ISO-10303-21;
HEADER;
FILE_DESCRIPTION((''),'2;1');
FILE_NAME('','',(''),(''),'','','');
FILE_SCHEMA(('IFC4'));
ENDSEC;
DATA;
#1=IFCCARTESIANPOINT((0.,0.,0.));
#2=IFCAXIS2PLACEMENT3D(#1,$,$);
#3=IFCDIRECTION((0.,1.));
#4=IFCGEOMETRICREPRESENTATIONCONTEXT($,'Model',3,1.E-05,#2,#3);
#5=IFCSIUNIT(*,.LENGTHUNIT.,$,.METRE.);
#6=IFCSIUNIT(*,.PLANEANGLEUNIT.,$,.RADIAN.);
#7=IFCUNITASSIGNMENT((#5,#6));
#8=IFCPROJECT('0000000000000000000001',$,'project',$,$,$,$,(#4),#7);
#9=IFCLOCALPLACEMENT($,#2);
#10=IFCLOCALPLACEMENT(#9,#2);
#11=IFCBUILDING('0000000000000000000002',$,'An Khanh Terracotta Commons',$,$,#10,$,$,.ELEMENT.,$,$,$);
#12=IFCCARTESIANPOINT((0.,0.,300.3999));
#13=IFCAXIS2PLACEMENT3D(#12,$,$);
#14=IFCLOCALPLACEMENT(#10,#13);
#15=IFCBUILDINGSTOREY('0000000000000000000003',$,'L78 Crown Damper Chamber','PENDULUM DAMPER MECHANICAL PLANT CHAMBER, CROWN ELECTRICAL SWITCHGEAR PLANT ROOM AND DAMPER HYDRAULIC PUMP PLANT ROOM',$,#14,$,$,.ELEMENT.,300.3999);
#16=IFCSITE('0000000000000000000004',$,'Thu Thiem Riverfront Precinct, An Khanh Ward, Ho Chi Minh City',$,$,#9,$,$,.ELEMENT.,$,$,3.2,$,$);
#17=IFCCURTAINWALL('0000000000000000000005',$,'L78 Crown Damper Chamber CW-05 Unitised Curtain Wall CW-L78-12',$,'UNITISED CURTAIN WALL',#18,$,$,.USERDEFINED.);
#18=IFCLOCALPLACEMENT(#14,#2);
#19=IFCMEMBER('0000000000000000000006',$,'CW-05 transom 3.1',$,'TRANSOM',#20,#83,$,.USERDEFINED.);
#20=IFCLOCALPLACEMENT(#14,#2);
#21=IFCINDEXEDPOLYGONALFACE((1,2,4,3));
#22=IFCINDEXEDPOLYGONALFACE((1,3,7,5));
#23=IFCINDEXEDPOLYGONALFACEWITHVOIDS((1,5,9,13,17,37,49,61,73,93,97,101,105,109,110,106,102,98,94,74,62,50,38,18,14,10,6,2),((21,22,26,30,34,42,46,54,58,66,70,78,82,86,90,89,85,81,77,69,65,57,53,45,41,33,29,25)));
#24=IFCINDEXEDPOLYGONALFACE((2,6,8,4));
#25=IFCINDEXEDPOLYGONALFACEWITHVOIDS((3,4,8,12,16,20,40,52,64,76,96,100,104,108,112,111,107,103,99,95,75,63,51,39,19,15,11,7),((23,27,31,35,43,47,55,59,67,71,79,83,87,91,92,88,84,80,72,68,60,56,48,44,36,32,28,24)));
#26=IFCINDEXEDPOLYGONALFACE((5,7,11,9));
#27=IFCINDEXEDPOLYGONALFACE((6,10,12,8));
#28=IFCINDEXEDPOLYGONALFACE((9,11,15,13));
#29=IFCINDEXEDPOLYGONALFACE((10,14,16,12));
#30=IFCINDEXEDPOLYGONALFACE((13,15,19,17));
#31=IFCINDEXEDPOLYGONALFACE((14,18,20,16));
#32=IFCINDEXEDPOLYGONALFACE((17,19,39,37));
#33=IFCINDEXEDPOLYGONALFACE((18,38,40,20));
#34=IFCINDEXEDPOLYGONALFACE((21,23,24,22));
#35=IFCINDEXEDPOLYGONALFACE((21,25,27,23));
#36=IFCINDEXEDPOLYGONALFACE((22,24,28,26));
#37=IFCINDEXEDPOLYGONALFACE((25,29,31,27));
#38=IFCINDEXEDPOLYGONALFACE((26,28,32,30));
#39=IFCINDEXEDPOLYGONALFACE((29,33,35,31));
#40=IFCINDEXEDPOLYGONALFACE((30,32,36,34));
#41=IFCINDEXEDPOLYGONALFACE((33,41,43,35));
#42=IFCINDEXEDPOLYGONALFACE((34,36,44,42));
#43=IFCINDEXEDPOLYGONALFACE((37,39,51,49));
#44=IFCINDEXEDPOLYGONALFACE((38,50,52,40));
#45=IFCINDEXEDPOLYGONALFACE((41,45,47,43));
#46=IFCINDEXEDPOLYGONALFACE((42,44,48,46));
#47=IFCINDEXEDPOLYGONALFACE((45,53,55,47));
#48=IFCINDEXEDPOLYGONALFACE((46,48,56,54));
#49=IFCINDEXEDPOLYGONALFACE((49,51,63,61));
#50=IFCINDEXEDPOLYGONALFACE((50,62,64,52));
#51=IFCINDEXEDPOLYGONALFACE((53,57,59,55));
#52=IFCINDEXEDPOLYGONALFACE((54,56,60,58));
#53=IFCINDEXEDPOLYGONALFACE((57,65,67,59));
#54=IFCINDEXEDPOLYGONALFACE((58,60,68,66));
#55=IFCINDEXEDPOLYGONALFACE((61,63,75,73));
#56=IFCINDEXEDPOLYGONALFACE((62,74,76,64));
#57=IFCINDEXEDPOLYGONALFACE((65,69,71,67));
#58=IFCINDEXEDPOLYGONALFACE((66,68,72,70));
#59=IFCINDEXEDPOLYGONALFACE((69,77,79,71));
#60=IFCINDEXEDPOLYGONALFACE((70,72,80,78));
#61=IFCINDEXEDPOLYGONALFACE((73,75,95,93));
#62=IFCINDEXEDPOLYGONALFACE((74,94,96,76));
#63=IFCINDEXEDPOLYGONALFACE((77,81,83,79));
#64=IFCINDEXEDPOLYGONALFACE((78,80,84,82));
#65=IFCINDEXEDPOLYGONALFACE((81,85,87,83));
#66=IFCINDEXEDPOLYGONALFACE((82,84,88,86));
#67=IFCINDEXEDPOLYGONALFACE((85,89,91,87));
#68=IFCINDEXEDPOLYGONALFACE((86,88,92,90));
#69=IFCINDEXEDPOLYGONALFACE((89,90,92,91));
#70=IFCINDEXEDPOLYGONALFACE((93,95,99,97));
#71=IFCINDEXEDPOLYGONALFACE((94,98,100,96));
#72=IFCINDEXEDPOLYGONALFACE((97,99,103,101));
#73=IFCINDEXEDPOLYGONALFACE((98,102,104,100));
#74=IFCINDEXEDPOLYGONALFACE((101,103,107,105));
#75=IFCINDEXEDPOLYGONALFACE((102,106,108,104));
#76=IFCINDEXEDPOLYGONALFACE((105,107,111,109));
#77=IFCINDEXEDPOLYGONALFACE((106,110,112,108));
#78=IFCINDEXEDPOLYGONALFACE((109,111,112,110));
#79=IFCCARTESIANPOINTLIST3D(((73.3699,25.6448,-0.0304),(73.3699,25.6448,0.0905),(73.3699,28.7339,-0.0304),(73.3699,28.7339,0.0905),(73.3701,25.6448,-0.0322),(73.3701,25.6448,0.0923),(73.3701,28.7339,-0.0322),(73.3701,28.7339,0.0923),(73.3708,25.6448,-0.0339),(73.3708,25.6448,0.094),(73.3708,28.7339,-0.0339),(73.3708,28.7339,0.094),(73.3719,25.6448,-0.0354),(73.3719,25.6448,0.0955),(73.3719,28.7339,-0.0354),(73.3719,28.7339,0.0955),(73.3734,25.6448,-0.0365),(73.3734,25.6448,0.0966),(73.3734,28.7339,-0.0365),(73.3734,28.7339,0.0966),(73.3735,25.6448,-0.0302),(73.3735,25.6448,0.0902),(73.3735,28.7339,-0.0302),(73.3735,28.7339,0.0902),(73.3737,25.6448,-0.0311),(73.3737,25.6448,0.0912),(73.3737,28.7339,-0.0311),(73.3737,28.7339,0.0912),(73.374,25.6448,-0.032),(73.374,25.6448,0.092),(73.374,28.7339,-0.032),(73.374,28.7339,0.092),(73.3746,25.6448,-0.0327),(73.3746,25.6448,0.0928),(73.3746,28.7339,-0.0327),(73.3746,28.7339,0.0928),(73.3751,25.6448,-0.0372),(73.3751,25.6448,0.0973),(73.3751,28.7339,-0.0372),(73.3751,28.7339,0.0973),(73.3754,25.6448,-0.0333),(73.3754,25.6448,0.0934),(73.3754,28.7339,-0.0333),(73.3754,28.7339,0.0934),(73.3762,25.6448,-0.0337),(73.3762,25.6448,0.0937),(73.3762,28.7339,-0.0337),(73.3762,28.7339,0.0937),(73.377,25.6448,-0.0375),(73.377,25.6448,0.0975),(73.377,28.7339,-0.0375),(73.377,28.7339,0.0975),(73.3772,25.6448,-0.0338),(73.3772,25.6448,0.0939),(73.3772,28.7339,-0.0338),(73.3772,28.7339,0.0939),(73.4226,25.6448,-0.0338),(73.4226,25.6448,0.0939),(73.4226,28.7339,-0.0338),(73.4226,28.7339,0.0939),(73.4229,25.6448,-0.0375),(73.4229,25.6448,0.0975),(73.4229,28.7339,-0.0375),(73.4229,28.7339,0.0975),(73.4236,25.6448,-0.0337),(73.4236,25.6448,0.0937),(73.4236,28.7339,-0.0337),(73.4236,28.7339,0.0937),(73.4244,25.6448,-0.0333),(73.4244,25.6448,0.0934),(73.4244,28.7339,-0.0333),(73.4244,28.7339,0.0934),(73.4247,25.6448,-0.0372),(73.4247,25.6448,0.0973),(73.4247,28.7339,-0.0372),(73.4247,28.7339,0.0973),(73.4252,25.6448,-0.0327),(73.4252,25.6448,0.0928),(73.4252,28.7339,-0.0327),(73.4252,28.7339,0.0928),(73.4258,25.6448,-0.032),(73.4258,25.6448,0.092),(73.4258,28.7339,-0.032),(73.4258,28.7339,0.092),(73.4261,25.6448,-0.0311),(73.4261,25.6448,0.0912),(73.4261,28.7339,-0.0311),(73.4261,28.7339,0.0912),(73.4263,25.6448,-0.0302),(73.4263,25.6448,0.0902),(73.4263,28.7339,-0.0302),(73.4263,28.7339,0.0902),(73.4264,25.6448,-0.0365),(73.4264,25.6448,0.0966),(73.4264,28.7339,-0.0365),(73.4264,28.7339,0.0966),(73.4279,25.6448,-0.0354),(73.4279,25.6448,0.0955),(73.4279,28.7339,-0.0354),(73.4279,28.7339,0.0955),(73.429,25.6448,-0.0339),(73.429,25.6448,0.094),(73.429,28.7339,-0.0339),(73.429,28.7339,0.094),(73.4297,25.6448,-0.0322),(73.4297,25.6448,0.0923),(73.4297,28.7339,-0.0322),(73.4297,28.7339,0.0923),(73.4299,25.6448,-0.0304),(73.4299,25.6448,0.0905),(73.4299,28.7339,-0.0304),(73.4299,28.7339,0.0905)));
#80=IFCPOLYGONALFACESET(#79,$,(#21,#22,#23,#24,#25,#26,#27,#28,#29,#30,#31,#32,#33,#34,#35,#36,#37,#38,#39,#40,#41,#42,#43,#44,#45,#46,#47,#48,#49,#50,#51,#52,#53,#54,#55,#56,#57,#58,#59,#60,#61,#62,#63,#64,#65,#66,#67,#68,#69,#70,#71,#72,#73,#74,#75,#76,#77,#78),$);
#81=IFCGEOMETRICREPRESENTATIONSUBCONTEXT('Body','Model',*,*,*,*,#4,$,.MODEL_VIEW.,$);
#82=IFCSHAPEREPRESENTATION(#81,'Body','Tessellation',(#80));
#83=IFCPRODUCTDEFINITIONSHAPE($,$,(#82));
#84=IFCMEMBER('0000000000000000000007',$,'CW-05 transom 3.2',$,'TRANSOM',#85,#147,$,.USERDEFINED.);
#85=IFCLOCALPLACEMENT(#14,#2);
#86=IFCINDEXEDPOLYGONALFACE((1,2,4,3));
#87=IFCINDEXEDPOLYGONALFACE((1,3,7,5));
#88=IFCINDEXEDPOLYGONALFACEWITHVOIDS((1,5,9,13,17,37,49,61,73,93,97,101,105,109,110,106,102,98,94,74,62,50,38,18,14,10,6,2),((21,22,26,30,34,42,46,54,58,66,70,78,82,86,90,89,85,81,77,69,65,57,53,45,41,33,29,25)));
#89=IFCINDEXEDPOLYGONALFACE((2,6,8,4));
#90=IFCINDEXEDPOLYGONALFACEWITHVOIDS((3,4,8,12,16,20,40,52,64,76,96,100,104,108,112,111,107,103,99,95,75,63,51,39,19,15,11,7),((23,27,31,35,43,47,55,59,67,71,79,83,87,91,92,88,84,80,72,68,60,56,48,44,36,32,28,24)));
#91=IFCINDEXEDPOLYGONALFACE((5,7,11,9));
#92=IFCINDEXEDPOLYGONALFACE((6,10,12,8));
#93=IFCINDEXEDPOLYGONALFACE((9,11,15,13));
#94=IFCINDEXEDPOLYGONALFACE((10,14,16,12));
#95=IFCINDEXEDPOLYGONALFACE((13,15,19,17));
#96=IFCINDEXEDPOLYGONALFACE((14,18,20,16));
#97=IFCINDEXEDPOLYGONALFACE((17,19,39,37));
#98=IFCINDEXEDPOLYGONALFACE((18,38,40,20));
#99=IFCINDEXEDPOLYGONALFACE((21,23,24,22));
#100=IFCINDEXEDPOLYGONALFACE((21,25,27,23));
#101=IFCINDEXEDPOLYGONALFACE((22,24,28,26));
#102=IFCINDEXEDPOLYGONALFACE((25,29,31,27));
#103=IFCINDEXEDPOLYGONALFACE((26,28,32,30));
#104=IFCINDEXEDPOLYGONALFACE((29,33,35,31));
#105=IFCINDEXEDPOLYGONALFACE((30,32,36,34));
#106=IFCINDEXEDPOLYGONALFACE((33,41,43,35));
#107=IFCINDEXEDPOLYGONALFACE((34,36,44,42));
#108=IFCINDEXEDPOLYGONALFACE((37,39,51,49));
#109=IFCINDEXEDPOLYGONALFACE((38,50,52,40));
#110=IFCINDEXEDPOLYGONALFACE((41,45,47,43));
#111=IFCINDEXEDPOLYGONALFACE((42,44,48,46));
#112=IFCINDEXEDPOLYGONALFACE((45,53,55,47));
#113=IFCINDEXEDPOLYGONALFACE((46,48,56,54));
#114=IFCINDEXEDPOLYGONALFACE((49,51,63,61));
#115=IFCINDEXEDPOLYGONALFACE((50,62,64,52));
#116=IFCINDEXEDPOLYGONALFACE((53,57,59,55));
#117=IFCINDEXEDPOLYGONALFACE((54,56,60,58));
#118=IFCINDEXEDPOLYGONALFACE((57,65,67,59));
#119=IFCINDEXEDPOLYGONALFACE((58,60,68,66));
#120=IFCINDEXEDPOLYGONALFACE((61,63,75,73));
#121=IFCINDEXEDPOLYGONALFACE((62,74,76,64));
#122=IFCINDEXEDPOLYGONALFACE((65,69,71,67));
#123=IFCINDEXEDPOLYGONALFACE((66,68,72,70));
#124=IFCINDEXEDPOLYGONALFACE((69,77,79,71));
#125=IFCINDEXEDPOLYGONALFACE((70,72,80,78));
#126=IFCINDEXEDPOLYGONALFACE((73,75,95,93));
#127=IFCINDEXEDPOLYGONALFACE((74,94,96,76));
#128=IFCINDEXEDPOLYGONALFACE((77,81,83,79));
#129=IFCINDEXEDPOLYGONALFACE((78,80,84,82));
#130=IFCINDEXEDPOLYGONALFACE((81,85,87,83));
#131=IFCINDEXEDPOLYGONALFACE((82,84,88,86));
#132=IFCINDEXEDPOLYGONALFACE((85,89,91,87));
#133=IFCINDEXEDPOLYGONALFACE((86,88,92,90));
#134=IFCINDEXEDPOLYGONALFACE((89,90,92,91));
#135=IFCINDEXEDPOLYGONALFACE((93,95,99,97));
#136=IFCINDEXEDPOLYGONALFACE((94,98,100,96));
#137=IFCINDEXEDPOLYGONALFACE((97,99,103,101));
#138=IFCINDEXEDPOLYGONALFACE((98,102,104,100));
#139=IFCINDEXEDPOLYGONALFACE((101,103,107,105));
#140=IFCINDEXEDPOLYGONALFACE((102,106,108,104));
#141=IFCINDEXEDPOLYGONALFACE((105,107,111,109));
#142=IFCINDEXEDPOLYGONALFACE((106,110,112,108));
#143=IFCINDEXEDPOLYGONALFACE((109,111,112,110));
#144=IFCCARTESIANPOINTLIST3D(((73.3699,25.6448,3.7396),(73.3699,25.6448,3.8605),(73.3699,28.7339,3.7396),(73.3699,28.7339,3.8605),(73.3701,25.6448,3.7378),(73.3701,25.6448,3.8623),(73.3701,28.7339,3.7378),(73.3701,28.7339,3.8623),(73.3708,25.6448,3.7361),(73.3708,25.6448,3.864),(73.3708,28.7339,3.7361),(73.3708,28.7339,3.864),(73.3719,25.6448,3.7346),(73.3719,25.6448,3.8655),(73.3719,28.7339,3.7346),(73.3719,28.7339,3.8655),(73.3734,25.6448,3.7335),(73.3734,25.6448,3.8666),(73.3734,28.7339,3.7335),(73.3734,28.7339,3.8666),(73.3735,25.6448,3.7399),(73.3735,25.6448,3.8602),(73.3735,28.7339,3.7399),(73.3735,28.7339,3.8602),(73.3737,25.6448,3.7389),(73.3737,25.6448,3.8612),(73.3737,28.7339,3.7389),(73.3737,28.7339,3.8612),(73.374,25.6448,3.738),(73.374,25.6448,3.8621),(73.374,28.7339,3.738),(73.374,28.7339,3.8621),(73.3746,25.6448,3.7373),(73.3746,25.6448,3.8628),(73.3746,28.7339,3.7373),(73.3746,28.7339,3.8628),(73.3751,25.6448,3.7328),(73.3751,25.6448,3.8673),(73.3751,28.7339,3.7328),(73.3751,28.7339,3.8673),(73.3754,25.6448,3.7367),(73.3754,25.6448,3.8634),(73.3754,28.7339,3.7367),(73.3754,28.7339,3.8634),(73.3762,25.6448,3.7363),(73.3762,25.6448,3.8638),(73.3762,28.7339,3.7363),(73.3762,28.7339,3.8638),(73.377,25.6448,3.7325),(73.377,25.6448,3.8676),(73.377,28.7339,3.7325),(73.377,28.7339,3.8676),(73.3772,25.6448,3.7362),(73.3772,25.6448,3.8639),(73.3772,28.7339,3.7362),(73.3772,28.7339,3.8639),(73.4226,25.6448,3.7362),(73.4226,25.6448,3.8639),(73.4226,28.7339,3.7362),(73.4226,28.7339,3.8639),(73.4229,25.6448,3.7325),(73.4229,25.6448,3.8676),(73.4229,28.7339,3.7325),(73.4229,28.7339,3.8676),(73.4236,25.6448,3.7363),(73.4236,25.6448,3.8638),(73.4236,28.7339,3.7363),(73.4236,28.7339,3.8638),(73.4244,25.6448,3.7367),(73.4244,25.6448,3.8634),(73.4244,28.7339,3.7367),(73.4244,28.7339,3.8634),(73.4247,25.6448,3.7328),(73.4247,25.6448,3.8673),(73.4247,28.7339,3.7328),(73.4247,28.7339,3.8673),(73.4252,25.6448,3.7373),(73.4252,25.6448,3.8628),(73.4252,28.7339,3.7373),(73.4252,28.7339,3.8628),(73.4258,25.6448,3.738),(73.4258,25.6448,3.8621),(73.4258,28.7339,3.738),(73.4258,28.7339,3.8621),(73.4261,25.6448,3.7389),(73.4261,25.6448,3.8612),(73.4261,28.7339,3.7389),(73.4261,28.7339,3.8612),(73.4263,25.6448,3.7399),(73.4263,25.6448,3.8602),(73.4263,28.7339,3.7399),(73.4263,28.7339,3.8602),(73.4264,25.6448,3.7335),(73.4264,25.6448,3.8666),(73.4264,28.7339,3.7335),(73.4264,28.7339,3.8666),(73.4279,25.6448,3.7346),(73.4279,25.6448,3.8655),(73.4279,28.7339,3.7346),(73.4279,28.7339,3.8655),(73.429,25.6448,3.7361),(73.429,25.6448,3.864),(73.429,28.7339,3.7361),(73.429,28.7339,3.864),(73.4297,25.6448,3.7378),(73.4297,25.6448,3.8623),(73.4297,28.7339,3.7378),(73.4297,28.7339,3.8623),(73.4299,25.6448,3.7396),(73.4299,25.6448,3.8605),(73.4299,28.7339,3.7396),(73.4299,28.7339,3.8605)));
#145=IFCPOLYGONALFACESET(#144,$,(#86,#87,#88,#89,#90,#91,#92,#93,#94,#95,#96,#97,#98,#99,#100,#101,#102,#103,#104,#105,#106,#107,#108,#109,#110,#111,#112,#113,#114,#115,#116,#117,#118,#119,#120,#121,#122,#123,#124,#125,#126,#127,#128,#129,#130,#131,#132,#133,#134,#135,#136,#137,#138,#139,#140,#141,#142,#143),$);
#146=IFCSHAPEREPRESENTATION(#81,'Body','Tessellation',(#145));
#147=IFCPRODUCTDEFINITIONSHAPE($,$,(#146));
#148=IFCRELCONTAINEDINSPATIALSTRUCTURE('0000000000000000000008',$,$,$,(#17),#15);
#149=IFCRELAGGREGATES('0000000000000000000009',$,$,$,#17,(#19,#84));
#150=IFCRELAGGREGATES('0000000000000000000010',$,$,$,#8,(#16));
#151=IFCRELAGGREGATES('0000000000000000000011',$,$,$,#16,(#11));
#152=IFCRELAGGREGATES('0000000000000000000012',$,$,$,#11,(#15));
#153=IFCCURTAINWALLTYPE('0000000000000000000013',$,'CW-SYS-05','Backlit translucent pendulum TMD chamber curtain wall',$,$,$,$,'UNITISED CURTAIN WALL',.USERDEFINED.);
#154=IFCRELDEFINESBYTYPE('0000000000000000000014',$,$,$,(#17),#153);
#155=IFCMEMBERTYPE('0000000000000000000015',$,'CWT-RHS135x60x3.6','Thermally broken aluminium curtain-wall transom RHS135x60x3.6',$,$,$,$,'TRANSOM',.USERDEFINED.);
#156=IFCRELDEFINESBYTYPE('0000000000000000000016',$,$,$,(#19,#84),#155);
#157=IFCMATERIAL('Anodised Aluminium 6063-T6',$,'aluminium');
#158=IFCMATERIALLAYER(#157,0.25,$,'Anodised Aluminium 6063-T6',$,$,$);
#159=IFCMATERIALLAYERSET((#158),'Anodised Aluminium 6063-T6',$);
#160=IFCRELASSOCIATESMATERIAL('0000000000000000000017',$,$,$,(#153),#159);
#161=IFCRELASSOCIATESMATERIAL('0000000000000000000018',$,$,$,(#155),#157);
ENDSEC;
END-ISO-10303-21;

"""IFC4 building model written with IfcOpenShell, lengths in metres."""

from ifc_helpers import new_model, si_unit, direction, frame, origin, origin_2d, place, context, subcontext, project, spatial, hollow_rectangle, extrude, material, layer, layer_set, material_profile, profile_set, type_object, element, aggregate, save


model = new_model("IFC4")

# Units and contexts
model_context = context("Model", 3, precision=1e-05, world=origin(), true_north=direction((0.0, 1.0)))
body_context = subcontext(model_context, "Body", "Model", "MODEL_VIEW")
ifc_project = project(units=[si_unit("LENGTHUNIT", "METRE"), si_unit("PLANEANGLEUNIT", "RADIAN")], contexts=[model_context])

# Site, building, storey
site_placement = place(None, origin())
site = spatial("IfcSite", under=ifc_project, at=site_placement, Name="Thu Thiem Riverfront Precinct, An Khanh Ward, Ho Chi Minh City", CompositionType="ELEMENT", RefElevation=3.2)
building_placement = place(site_placement, origin())
building = spatial("IfcBuilding", under=site, at=building_placement, Name="An Khanh Terracotta Commons", CompositionType="ELEMENT")
storey_placement = place(building_placement, frame((0.0, 0.0, 300.3999)))
storey = spatial("IfcBuildingStorey", under=building, at=storey_placement, Name="L78 Crown Damper Chamber", Description="PENDULUM DAMPER MECHANICAL PLANT CHAMBER, CROWN ELECTRICAL SWITCHGEAR PLANT ROOM AND DAMPER HYDRAULIC PUMP PLANT ROOM", CompositionType="ELEMENT", Elevation=300.3999)

# Curtain wall
ifc_material_1 = material(Name="Anodised Aluminium 6063-T6", Category="aluminium")
ifc_layer_1 = layer(ifc_material_1, 0.25, Name="Anodised Aluminium 6063-T6")
ifc_layer_set_1 = layer_set([ifc_layer_1], Name="Anodised Aluminium 6063-T6")
curtain_wall_type = type_object("IfcCurtainWallType", Name="CW-SYS-05", Description="Backlit translucent pendulum TMD chamber curtain wall", ElementType="UNITISED CURTAIN WALL", PredefinedType="USERDEFINED", material=ifc_layer_set_1)
curtain_wall_1_placement = place(storey_placement, origin())
curtain_wall_1 = element("IfcCurtainWall", 1, at=curtain_wall_1_placement, inside=storey, type_object=curtain_wall_type, Name="L78 Crown Damper Chamber CW-05 Unitised Curtain Wall CW-L78-12", ObjectType="UNITISED CURTAIN WALL", PredefinedType="USERDEFINED")

# Members
ifc_material_profile_1 = material_profile(ifc_material_1, hollow_rectangle(XDim=0.0601, YDim=0.135, WallThickness=0.0037, InnerFilletRadius=0.0037, OuterFilletRadius=0.0071, at=origin_2d()), Name="RHS135x60x3.6")
ifc_profile_set_1 = profile_set([ifc_material_profile_1], Name="Anodised Aluminium 6063-T6")
member_type_1 = type_object("IfcMemberType", Name="CWT-RHS135x60x3.6", Description="Thermally broken aluminium curtain-wall transom RHS135x60x3.6", ElementType="TRANSOM", PredefinedType="USERDEFINED", material=ifc_profile_set_1)
member_1_placement = place(storey_placement, frame((73.3999, 25.6448, 0.03), z_axis=(0.0, 1.0, 0.0), x_axis=(-1.0, 0.0, 0.0)))
member_1 = element("IfcMember", 2, at=member_1_placement, type_object=member_type_1, Name="CW-05 transom 3.1", ObjectType="TRANSOM", PredefinedType="USERDEFINED", context=body_context, shape_type="SweptSolid", body=[
    extrude(hollow_rectangle(XDim=0.0601, YDim=0.135, WallThickness=0.0037, InnerFilletRadius=0.0037, OuterFilletRadius=0.0071, at=origin_2d()), origin(), (0.0, 0.0, 1.0), 3.0891),
])
member_2_placement = place(storey_placement, frame((73.3999, 25.6448, 3.8), z_axis=(0.0, 1.0, 0.0), x_axis=(-1.0, 0.0, 0.0)))
member_2 = element("IfcMember", 3, at=member_2_placement, type_object=member_type_1, Name="CW-05 transom 3.2", ObjectType="TRANSOM", PredefinedType="USERDEFINED", context=body_context, shape_type="SweptSolid", body=[
    extrude(hollow_rectangle(XDim=0.0601, YDim=0.135, WallThickness=0.0037, InnerFilletRadius=0.0037, OuterFilletRadius=0.0071, at=origin_2d()), origin(), (0.0, 0.0, 1.0), 3.0891),
])

aggregate(curtain_wall_1, [member_1, member_2])

save(model, "model.ifc")
